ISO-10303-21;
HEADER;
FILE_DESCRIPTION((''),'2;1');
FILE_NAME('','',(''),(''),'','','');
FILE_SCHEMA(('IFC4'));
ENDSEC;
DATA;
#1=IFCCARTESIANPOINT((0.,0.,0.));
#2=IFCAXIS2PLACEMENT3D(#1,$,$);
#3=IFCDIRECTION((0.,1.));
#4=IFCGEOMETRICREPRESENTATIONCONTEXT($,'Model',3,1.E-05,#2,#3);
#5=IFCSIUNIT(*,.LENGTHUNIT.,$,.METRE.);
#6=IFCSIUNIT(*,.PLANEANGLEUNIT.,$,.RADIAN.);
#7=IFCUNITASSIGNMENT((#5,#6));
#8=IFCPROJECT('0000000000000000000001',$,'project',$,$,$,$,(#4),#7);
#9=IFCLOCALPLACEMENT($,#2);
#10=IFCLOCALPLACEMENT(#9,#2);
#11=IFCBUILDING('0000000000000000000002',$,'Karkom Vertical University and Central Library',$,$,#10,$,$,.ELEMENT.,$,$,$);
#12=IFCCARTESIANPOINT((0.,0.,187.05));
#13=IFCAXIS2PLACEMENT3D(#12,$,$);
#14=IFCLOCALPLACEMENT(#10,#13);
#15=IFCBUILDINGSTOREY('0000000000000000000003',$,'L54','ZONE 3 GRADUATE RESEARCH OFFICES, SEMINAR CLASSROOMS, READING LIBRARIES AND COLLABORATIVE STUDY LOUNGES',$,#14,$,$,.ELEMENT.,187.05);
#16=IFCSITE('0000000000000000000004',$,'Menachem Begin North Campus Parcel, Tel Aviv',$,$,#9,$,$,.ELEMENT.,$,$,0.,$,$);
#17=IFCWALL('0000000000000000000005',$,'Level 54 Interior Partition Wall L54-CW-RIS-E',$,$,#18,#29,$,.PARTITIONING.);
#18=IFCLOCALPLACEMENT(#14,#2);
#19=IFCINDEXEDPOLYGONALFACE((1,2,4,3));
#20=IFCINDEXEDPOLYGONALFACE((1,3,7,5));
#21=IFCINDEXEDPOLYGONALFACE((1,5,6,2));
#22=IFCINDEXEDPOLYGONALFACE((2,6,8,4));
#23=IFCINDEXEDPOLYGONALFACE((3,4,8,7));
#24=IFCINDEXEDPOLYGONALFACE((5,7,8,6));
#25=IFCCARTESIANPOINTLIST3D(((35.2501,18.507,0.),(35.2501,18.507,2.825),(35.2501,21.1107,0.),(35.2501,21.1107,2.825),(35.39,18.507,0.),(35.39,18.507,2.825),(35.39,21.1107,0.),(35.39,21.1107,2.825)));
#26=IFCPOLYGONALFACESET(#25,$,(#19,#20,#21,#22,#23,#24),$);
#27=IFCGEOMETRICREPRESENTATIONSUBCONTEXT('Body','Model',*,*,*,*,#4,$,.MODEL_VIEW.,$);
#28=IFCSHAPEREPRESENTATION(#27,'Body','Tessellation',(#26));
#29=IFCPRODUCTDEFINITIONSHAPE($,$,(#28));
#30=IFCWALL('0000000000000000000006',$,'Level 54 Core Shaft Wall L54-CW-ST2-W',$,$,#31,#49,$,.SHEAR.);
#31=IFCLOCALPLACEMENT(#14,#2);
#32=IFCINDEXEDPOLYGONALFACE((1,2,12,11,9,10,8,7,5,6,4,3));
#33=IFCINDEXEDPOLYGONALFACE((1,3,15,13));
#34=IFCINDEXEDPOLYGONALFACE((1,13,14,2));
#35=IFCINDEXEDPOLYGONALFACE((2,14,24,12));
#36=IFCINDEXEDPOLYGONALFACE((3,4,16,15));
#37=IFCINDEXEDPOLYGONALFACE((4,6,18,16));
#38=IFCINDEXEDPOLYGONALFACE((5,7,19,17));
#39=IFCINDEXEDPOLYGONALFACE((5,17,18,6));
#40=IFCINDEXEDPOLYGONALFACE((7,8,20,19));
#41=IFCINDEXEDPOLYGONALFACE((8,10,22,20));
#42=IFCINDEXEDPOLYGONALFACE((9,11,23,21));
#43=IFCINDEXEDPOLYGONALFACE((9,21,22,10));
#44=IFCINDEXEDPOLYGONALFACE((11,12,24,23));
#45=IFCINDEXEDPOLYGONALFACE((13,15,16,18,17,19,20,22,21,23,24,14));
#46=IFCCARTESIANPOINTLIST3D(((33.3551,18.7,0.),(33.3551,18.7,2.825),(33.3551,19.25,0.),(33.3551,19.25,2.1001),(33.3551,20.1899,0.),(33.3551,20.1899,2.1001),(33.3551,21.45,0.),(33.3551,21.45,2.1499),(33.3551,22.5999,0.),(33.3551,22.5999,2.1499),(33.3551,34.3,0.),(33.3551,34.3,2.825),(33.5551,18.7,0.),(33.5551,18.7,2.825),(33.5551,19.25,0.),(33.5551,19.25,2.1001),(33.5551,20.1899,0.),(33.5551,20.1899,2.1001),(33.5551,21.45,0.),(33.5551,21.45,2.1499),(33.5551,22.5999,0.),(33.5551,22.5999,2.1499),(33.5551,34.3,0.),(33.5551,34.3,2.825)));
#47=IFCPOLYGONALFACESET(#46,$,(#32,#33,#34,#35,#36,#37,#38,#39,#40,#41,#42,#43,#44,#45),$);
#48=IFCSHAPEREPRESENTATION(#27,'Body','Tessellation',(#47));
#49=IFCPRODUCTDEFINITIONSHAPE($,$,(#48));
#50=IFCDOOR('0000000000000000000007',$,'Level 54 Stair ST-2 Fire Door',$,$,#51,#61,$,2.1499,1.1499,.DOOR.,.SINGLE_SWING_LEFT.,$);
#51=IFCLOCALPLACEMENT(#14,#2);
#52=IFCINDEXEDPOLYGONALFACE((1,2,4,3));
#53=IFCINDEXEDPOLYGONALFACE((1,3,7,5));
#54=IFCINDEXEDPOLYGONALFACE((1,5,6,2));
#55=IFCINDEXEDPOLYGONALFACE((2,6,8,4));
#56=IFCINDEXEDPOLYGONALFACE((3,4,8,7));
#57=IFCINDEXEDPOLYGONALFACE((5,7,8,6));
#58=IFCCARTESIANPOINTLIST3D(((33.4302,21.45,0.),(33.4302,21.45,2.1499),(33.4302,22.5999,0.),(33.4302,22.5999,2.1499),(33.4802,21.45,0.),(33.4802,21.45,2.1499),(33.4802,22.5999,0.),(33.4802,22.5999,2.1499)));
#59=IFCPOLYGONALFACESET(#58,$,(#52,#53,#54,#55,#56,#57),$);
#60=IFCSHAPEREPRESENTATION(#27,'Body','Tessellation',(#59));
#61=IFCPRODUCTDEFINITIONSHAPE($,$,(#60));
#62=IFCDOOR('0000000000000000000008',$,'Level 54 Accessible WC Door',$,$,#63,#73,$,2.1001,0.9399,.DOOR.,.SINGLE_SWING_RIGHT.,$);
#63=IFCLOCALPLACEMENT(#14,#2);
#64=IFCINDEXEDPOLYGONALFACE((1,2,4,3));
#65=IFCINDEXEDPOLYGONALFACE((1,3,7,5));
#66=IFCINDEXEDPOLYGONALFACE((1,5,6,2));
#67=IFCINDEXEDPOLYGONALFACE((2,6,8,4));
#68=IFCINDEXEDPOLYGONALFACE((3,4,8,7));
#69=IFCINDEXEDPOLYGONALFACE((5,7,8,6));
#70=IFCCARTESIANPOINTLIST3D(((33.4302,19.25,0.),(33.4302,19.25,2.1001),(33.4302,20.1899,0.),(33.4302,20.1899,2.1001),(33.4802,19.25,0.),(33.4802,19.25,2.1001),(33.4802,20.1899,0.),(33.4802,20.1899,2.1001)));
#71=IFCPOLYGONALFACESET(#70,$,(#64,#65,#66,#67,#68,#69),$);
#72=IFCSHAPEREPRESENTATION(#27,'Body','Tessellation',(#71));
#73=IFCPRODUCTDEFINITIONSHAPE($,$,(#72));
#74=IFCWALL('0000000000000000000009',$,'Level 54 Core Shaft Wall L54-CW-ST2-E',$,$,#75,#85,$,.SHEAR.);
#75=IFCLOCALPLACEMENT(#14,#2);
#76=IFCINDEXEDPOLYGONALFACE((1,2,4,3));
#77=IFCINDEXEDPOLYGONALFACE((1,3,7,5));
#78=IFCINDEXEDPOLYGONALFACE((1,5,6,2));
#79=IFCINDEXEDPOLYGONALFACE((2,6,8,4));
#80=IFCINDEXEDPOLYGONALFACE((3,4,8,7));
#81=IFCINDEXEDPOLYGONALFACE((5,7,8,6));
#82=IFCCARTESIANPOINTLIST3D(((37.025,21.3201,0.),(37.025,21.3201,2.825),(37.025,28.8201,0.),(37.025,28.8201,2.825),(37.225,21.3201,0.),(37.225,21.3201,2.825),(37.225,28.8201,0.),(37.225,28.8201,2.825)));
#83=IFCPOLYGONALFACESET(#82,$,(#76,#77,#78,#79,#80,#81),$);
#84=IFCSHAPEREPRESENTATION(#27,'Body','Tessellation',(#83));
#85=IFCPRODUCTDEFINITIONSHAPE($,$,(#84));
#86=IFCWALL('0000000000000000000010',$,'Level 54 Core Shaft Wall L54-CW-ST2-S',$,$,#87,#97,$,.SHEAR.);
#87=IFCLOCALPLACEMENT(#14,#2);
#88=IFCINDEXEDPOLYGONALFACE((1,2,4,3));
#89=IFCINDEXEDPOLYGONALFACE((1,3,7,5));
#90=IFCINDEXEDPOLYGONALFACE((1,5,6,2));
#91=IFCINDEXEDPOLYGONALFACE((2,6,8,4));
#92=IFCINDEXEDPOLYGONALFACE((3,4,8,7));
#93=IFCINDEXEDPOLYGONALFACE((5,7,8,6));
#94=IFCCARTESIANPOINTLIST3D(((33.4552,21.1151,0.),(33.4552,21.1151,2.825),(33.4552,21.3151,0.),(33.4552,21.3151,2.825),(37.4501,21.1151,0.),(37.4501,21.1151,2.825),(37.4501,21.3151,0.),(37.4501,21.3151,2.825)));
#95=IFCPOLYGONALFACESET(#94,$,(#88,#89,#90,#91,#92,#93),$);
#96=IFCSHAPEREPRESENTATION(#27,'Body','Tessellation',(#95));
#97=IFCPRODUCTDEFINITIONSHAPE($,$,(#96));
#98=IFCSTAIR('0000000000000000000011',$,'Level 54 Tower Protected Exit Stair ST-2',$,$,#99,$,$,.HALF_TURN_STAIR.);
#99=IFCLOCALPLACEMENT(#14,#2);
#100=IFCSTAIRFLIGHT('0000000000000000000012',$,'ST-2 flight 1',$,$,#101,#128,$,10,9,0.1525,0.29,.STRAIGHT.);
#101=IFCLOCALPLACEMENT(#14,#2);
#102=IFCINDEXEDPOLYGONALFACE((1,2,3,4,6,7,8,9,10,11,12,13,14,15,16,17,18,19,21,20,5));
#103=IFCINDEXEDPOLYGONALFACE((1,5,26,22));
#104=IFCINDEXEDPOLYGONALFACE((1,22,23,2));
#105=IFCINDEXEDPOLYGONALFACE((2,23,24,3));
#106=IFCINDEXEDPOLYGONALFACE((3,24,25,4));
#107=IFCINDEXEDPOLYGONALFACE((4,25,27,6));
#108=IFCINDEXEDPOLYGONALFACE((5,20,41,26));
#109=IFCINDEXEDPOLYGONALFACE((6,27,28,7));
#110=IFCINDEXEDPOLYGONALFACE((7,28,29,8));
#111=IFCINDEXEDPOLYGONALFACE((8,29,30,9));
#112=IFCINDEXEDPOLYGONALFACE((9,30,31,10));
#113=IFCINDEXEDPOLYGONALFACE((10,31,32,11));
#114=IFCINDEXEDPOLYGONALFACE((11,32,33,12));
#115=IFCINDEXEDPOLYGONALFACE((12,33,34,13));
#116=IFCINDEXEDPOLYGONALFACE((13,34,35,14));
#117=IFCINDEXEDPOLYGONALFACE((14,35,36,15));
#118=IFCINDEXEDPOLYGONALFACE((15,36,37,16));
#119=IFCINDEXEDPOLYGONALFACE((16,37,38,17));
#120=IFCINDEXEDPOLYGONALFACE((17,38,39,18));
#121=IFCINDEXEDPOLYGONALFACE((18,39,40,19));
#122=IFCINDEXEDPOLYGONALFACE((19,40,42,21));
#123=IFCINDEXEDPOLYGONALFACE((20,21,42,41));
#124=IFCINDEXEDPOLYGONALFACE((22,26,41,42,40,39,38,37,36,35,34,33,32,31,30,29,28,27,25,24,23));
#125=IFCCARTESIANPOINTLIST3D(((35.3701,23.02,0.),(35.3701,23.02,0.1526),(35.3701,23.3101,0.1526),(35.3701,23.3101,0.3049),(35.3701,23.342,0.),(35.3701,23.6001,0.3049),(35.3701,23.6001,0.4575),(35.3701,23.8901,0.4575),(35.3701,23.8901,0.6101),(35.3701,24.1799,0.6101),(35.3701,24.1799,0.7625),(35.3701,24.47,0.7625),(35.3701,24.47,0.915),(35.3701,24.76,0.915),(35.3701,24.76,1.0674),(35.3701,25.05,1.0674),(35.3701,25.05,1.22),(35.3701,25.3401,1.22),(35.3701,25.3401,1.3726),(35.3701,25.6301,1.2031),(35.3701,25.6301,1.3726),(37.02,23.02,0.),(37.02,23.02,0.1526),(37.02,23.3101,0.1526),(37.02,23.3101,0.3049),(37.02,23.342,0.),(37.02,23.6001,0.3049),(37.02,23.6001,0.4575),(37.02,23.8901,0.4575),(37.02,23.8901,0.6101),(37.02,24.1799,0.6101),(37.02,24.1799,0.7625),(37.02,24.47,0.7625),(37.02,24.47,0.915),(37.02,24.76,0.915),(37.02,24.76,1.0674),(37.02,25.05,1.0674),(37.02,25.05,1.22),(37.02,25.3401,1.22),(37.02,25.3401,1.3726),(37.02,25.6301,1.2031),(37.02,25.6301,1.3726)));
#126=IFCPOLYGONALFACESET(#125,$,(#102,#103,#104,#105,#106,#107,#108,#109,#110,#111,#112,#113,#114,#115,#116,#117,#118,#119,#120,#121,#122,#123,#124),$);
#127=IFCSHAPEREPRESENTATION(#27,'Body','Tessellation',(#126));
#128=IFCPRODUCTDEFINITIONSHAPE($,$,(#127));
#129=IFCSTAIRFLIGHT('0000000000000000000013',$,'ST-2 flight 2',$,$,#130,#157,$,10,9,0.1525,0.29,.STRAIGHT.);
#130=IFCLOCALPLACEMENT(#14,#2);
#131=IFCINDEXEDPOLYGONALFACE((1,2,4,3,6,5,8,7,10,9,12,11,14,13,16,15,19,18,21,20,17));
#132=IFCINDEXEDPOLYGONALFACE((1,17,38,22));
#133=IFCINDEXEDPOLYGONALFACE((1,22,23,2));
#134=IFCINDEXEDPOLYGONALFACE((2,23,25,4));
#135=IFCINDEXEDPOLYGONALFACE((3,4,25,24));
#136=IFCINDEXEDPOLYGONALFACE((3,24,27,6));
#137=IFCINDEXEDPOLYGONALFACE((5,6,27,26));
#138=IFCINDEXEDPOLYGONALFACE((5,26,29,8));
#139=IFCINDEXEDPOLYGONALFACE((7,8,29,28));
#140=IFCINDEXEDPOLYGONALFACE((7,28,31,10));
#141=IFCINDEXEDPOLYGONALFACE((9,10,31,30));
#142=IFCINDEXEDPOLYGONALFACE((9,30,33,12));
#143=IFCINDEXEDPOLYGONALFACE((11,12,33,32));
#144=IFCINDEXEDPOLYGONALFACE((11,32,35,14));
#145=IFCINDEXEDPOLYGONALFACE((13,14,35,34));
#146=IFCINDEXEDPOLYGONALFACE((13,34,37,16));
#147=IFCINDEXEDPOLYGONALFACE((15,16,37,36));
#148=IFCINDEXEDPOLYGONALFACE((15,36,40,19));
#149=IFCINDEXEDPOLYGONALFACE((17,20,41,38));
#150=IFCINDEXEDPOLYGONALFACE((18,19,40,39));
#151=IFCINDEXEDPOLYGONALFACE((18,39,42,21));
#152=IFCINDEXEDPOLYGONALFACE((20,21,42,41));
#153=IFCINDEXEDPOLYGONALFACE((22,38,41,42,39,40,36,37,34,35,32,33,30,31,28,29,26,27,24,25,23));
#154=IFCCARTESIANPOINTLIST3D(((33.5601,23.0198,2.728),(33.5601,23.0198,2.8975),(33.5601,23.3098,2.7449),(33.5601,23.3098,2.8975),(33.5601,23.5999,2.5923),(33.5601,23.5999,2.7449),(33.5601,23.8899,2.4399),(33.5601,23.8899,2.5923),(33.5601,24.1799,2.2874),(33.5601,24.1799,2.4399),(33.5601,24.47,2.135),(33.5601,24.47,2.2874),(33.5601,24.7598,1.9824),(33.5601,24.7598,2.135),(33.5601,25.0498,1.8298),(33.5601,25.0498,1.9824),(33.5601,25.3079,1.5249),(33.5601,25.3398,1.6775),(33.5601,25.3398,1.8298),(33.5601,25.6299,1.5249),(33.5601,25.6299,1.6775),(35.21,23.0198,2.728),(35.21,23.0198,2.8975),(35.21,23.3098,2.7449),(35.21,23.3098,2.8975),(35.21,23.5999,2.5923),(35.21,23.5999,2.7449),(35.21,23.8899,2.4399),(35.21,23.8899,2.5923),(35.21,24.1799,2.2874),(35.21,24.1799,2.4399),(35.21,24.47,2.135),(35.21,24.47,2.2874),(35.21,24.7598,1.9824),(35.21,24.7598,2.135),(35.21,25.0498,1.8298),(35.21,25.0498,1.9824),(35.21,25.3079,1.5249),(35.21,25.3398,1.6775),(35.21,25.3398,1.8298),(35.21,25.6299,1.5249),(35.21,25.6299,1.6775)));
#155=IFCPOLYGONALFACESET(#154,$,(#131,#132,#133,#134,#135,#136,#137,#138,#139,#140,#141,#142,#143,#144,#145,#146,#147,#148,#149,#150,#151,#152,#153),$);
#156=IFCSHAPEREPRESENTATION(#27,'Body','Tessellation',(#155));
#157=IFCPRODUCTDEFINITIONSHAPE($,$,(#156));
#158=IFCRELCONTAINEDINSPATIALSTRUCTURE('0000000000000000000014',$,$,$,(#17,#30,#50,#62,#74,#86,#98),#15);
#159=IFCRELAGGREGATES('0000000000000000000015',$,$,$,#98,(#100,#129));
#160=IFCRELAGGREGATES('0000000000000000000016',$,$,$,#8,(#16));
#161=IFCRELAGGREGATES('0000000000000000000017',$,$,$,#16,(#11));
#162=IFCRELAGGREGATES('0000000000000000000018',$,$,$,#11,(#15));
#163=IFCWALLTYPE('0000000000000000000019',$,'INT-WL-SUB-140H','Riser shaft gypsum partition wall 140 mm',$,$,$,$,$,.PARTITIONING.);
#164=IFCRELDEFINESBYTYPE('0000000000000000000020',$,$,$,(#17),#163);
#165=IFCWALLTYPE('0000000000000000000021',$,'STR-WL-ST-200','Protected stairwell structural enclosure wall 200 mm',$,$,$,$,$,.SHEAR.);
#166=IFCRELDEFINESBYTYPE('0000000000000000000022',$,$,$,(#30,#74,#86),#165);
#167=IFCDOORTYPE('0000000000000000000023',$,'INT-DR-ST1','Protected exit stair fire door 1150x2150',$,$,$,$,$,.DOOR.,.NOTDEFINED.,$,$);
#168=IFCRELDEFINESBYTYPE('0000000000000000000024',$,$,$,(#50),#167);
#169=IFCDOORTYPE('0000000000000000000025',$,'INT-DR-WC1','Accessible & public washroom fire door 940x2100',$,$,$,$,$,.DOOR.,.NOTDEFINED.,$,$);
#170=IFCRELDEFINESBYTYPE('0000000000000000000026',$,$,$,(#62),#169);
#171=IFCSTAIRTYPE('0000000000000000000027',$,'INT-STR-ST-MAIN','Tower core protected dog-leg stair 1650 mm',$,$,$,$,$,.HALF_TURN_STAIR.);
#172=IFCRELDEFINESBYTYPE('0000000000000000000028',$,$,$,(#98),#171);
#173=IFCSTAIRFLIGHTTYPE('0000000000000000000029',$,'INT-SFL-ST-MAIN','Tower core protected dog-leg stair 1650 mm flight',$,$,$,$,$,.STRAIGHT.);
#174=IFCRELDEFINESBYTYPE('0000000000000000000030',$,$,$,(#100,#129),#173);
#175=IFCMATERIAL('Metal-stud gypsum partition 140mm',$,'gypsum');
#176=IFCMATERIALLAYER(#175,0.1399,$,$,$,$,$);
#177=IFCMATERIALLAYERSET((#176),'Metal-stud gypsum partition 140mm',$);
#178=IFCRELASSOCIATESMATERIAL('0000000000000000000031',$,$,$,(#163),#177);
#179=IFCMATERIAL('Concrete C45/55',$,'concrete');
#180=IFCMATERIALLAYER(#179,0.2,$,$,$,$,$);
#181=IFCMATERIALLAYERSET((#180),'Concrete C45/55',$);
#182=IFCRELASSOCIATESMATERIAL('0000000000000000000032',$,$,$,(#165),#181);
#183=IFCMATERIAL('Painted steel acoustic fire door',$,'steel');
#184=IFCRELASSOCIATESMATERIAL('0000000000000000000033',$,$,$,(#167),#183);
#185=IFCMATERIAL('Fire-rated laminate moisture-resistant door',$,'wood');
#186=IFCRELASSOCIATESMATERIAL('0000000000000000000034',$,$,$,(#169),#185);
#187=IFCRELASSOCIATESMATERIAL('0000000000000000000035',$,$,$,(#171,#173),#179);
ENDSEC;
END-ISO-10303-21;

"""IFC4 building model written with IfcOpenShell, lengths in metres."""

from ifc_helpers import new_model, si_unit, direction, frame, frame_2d, origin, origin_with_axes, place, context, subcontext, project, spatial, polyline, rectangle, outline, extrude, source, transform, mapped, material, layer, layer_set, type_object, element, fill, aggregate, save


model = new_model("IFC4")

# Units and contexts
model_context = context("Model", 3, precision=1e-05, world=origin(), true_north=direction((0.0, 1.0)))
body_context = subcontext(model_context, "Body", "Model", "MODEL_VIEW")
ifc_project = project(units=[si_unit("LENGTHUNIT", "METRE"), si_unit("PLANEANGLEUNIT", "RADIAN")], contexts=[model_context])

# Site, building, storey
site_placement = place(None, origin())
site = spatial("IfcSite", under=ifc_project, at=site_placement, Name="Menachem Begin North Campus Parcel, Tel Aviv", CompositionType="ELEMENT", RefElevation=0.0)
building_placement = place(site_placement, origin())
building = spatial("IfcBuilding", under=site, at=building_placement, Name="Karkom Vertical University and Central Library", CompositionType="ELEMENT")
storey_placement = place(building_placement, frame((0.0, 0.0, 187.05)))
storey = spatial("IfcBuildingStorey", under=building, at=storey_placement, Name="L54", Description="ZONE 3 GRADUATE RESEARCH OFFICES, SEMINAR CLASSROOMS, READING LIBRARIES AND COLLABORATIVE STUDY LOUNGES", CompositionType="ELEMENT", Elevation=187.05)

# Shared definitions
ifc_material_1 = material(Name="Metal-stud gypsum partition 140mm", Category="gypsum")

# Wall
ifc_layer_1 = layer(ifc_material_1, 0.1399)
ifc_layer_set_1 = layer_set([ifc_layer_1], Name="Metal-stud gypsum partition 140mm")
wall_type_1 = type_object("IfcWallType", Name="INT-WL-SUB-140H", Description="Riser shaft gypsum partition wall 140 mm", PredefinedType="PARTITIONING", material=ifc_layer_set_1)
wall_1_placement = place(storey_placement, frame((35.3201, 18.5071, 0.0), z_axis=(0.0, 0.0, 1.0), x_axis=(0.0, 1.0, 0.0)))
element("IfcWall", 1, at=wall_1_placement, inside=storey, type_object=wall_type_1, Name="Level 54 Interior Partition Wall L54-CW-RIS-E", PredefinedType="PARTITIONING", context=body_context, shape_type="SweptSolid", body=[
    extrude(rectangle(XDim=2.6038, YDim=0.1399, at=frame_2d((1.3018, 0.0))), origin(), (0.0, 0.0, 1.0), 2.825),
])

# Wall, openings, doors
ifc_material_2 = material(Name="Concrete C45/55", Category="concrete")
ifc_layer_2 = layer(ifc_material_2, 0.2)
ifc_layer_set_2 = layer_set([ifc_layer_2], Name="Concrete C45/55")
wall_type_2 = type_object("IfcWallType", Name="STR-WL-ST-200", Description="Protected stairwell structural enclosure wall 200 mm", PredefinedType="SHEAR", material=ifc_layer_set_2)
wall_2_placement = place(storey_placement, frame((33.4551, 18.7, 0.0), z_axis=(0.0, 0.0, 1.0), x_axis=(0.0, 1.0, 0.0)))
wall_2 = element("IfcWall", 2, at=wall_2_placement, inside=storey, type_object=wall_type_2, Name="Level 54 Core Shaft Wall L54-CW-ST2-W", PredefinedType="SHEAR", context=body_context, shape_type="SweptSolid", body=[
    extrude(rectangle(XDim=15.6001, YDim=0.2, at=frame_2d((7.8, 0.0))), origin(), (0.0, 0.0, 1.0), 2.825),
])
opening_1_placement = place(wall_2_placement, frame((2.75, 0.0, 0.0)))
opening_1 = element("IfcOpeningElement", 3, at=opening_1_placement, cuts=wall_2, PredefinedType="OPENING", context=body_context, shape_type="SweptSolid", body=[
    extrude(rectangle(XDim=1.1499, YDim=2.1499, at=frame_2d((0.575, 1.075))), frame((0.0, 0.1099, 0.0), z_axis=(0.0, -1.0, 0.0), x_axis=(1.0, 0.0, 0.0)), (0.0, 0.0, 1.0), 0.22),
])
opening_2_placement = place(wall_2_placement, frame((0.55, 0.0, 0.0)))
opening_2 = element("IfcOpeningElement", 4, at=opening_2_placement, cuts=wall_2, PredefinedType="OPENING", context=body_context, shape_type="SweptSolid", body=[
    extrude(rectangle(XDim=0.9399, YDim=2.1001, at=frame_2d((0.47, 1.05))), frame((0.0, 0.1099, 0.0), z_axis=(0.0, -1.0, 0.0), x_axis=(1.0, 0.0, 0.0)), (0.0, 0.0, 1.0), 0.22),
])
ifc_material_3 = material(Name="Painted steel acoustic fire door", Category="steel")
door_type_1 = type_object("IfcDoorType", Name="INT-DR-ST1", Description="Protected exit stair fire door 1150x2150", OperationType="NOTDEFINED", PredefinedType="DOOR", material=ifc_material_3)
shared_shape_1 = source(origin_with_axes(), body_context, "Body", "SweptSolid", [
    extrude(rectangle(XDim=1.1499, YDim=2.1499, at=frame_2d((0.575, 1.075))), frame((0.0, 0.0249, 0.0), z_axis=(0.0, -1.0, 0.0), x_axis=(1.0, 0.0, 0.0)), (0.0, 0.0, 1.0), 0.05),
])
door_1_placement = place(opening_1_placement, origin())
door_1 = element("IfcDoor", 5, at=door_1_placement, inside=storey, type_object=door_type_1, Name="Level 54 Stair ST-2 Fire Door", OperationType="SINGLE_SWING_LEFT", OverallHeight=2.1499, OverallWidth=1.1499, PredefinedType="DOOR", context=body_context, shape_type="MappedRepresentation", body=[
    mapped(shared_shape_1, transform((0.0, 0.0, 0.0), scale=1.0)),
])
fill(opening_1, door_1)
ifc_material_4 = material(Name="Fire-rated laminate moisture-resistant door", Category="wood")
door_type_2 = type_object("IfcDoorType", Name="INT-DR-WC1", Description="Accessible & public washroom fire door 940x2100", OperationType="NOTDEFINED", PredefinedType="DOOR", material=ifc_material_4)
shared_shape_2 = source(origin_with_axes(), body_context, "Body", "SweptSolid", [
    extrude(rectangle(XDim=0.9399, YDim=2.1001, at=frame_2d((0.47, 1.05))), frame((0.0, 0.0249, 0.0), z_axis=(0.0, -1.0, 0.0), x_axis=(1.0, 0.0, 0.0)), (0.0, 0.0, 1.0), 0.05),
])
door_2_placement = place(opening_2_placement, origin())
door_2 = element("IfcDoor", 6, at=door_2_placement, inside=storey, type_object=door_type_2, Name="Level 54 Accessible WC Door", OperationType="SINGLE_SWING_RIGHT", OverallHeight=2.1001, OverallWidth=0.9399, PredefinedType="DOOR", context=body_context, shape_type="MappedRepresentation", body=[
    mapped(shared_shape_2, transform((0.0, 0.0, 0.0), scale=1.0)),
])
fill(opening_2, door_2)

# Walls
wall_3_placement = place(storey_placement, frame((37.125, 21.3201, 0.0), z_axis=(0.0, 0.0, 1.0), x_axis=(0.0, 1.0, 0.0)))
element("IfcWall", 7, at=wall_3_placement, inside=storey, type_object=wall_type_2, Name="Level 54 Core Shaft Wall L54-CW-ST2-E", PredefinedType="SHEAR", context=body_context, shape_type="SweptSolid", body=[
    extrude(rectangle(XDim=7.5, YDim=0.2, at=frame_2d((3.75, 0.0))), origin(), (0.0, 0.0, 1.0), 2.825),
])
wall_4_placement = place(storey_placement, frame((33.4551, 21.2151, 0.0), z_axis=(0.0, 0.0, 1.0), x_axis=(1.0, 0.0, 0.0)))
element("IfcWall", 8, at=wall_4_placement, inside=storey, type_object=wall_type_2, Name="Level 54 Core Shaft Wall L54-CW-ST2-S", PredefinedType="SHEAR", context=body_context, shape_type="SweptSolid", body=[
    extrude(rectangle(XDim=3.9949, YDim=0.2, at=frame_2d((1.9976, 0.0))), origin(), (0.0, 0.0, 1.0), 2.825),
])

# Stair, stair flights
stair_type = type_object("IfcStairType", Name="INT-STR-ST-MAIN", Description="Tower core protected dog-leg stair 1650 mm", PredefinedType="HALF_TURN_STAIR", material=ifc_material_2)
stair_placement = place(storey_placement, origin())
stair = element("IfcStair", 9, at=stair_placement, inside=storey, type_object=stair_type, Name="Level 54 Tower Protected Exit Stair ST-2", PredefinedType="HALF_TURN_STAIR")
stair_flight_type = type_object("IfcStairFlightType", Name="INT-SFL-ST-MAIN", Description="Tower core protected dog-leg stair 1650 mm flight", PredefinedType="STRAIGHT", material=ifc_material_2)
stair_flight_1_placement = place(storey_placement, frame((36.1951, 23.02, 0.0), z_axis=(0.0, 0.0, 1.0), x_axis=(0.0, 1.0, 0.0)))
stair_flight_1 = element("IfcStairFlight", 10, at=stair_flight_1_placement, type_object=stair_flight_type, Name="ST-2 flight 1", NumberOfRisers=10, NumberOfTreads=9, PredefinedType="STRAIGHT", RiserHeight=0.1525, TreadLength=0.29, context=body_context, shape_type="SweptSolid", body=[
    extrude(outline(polyline([(0.0, 0.0), (0.0, 0.1526), (0.29, 0.1526), (0.29, 0.3049), (0.5801, 0.3049), (0.5801, 0.4575), (0.8701, 0.4575), (0.8701, 0.6101), (1.1599, 0.6101), (1.1599, 0.7625), (1.45, 0.7625), (1.45, 0.915), (1.74, 0.915), (1.74, 1.0674), (2.03, 1.0674), (2.03, 1.22), (2.3201, 1.22), (2.3201, 1.3726), (2.6101, 1.3726), (2.6101, 1.5249), (2.6101, 1.2031), (0.322, 0.0), (0.0, 0.0)])), frame((0.0, 0.825, 0.0), z_axis=(0.0, -1.0, 0.0), x_axis=(1.0, 0.0, 0.0)), (0.0, 0.0, 1.0), 1.6499),
])
stair_flight_2_placement = place(storey_placement, frame((34.385, 25.6299, 1.5249), z_axis=(0.0, 0.0, 1.0), x_axis=(0.0, -1.0, 0.0)))
stair_flight_2 = element("IfcStairFlight", 11, at=stair_flight_2_placement, type_object=stair_flight_type, Name="ST-2 flight 2", NumberOfRisers=10, NumberOfTreads=9, PredefinedType="STRAIGHT", RiserHeight=0.1525, TreadLength=0.29, context=body_context, shape_type="SweptSolid", body=[
    extrude(outline(polyline([(0.0, 0.0), (0.0, 0.1526), (0.29, 0.1526), (0.29, 0.3049), (0.5801, 0.3049), (0.5801, 0.4575), (0.8701, 0.4575), (0.8701, 0.6101), (1.1599, 0.6101), (1.1599, 0.7625), (1.45, 0.7625), (1.45, 0.915), (1.74, 0.915), (1.74, 1.0674), (2.03, 1.0674), (2.03, 1.22), (2.3201, 1.22), (2.3201, 1.3726), (2.6101, 1.3726), (2.6101, 1.5249), (2.6101, 1.2031), (0.322, 0.0), (0.0, 0.0)])), frame((0.0, 0.825, 0.0), z_axis=(0.0, -1.0, 0.0), x_axis=(1.0, 0.0, 0.0)), (0.0, 0.0, 1.0), 1.6499),
])
aggregate(stair, [stair_flight_1, stair_flight_2])

save(model, "model.ifc")
